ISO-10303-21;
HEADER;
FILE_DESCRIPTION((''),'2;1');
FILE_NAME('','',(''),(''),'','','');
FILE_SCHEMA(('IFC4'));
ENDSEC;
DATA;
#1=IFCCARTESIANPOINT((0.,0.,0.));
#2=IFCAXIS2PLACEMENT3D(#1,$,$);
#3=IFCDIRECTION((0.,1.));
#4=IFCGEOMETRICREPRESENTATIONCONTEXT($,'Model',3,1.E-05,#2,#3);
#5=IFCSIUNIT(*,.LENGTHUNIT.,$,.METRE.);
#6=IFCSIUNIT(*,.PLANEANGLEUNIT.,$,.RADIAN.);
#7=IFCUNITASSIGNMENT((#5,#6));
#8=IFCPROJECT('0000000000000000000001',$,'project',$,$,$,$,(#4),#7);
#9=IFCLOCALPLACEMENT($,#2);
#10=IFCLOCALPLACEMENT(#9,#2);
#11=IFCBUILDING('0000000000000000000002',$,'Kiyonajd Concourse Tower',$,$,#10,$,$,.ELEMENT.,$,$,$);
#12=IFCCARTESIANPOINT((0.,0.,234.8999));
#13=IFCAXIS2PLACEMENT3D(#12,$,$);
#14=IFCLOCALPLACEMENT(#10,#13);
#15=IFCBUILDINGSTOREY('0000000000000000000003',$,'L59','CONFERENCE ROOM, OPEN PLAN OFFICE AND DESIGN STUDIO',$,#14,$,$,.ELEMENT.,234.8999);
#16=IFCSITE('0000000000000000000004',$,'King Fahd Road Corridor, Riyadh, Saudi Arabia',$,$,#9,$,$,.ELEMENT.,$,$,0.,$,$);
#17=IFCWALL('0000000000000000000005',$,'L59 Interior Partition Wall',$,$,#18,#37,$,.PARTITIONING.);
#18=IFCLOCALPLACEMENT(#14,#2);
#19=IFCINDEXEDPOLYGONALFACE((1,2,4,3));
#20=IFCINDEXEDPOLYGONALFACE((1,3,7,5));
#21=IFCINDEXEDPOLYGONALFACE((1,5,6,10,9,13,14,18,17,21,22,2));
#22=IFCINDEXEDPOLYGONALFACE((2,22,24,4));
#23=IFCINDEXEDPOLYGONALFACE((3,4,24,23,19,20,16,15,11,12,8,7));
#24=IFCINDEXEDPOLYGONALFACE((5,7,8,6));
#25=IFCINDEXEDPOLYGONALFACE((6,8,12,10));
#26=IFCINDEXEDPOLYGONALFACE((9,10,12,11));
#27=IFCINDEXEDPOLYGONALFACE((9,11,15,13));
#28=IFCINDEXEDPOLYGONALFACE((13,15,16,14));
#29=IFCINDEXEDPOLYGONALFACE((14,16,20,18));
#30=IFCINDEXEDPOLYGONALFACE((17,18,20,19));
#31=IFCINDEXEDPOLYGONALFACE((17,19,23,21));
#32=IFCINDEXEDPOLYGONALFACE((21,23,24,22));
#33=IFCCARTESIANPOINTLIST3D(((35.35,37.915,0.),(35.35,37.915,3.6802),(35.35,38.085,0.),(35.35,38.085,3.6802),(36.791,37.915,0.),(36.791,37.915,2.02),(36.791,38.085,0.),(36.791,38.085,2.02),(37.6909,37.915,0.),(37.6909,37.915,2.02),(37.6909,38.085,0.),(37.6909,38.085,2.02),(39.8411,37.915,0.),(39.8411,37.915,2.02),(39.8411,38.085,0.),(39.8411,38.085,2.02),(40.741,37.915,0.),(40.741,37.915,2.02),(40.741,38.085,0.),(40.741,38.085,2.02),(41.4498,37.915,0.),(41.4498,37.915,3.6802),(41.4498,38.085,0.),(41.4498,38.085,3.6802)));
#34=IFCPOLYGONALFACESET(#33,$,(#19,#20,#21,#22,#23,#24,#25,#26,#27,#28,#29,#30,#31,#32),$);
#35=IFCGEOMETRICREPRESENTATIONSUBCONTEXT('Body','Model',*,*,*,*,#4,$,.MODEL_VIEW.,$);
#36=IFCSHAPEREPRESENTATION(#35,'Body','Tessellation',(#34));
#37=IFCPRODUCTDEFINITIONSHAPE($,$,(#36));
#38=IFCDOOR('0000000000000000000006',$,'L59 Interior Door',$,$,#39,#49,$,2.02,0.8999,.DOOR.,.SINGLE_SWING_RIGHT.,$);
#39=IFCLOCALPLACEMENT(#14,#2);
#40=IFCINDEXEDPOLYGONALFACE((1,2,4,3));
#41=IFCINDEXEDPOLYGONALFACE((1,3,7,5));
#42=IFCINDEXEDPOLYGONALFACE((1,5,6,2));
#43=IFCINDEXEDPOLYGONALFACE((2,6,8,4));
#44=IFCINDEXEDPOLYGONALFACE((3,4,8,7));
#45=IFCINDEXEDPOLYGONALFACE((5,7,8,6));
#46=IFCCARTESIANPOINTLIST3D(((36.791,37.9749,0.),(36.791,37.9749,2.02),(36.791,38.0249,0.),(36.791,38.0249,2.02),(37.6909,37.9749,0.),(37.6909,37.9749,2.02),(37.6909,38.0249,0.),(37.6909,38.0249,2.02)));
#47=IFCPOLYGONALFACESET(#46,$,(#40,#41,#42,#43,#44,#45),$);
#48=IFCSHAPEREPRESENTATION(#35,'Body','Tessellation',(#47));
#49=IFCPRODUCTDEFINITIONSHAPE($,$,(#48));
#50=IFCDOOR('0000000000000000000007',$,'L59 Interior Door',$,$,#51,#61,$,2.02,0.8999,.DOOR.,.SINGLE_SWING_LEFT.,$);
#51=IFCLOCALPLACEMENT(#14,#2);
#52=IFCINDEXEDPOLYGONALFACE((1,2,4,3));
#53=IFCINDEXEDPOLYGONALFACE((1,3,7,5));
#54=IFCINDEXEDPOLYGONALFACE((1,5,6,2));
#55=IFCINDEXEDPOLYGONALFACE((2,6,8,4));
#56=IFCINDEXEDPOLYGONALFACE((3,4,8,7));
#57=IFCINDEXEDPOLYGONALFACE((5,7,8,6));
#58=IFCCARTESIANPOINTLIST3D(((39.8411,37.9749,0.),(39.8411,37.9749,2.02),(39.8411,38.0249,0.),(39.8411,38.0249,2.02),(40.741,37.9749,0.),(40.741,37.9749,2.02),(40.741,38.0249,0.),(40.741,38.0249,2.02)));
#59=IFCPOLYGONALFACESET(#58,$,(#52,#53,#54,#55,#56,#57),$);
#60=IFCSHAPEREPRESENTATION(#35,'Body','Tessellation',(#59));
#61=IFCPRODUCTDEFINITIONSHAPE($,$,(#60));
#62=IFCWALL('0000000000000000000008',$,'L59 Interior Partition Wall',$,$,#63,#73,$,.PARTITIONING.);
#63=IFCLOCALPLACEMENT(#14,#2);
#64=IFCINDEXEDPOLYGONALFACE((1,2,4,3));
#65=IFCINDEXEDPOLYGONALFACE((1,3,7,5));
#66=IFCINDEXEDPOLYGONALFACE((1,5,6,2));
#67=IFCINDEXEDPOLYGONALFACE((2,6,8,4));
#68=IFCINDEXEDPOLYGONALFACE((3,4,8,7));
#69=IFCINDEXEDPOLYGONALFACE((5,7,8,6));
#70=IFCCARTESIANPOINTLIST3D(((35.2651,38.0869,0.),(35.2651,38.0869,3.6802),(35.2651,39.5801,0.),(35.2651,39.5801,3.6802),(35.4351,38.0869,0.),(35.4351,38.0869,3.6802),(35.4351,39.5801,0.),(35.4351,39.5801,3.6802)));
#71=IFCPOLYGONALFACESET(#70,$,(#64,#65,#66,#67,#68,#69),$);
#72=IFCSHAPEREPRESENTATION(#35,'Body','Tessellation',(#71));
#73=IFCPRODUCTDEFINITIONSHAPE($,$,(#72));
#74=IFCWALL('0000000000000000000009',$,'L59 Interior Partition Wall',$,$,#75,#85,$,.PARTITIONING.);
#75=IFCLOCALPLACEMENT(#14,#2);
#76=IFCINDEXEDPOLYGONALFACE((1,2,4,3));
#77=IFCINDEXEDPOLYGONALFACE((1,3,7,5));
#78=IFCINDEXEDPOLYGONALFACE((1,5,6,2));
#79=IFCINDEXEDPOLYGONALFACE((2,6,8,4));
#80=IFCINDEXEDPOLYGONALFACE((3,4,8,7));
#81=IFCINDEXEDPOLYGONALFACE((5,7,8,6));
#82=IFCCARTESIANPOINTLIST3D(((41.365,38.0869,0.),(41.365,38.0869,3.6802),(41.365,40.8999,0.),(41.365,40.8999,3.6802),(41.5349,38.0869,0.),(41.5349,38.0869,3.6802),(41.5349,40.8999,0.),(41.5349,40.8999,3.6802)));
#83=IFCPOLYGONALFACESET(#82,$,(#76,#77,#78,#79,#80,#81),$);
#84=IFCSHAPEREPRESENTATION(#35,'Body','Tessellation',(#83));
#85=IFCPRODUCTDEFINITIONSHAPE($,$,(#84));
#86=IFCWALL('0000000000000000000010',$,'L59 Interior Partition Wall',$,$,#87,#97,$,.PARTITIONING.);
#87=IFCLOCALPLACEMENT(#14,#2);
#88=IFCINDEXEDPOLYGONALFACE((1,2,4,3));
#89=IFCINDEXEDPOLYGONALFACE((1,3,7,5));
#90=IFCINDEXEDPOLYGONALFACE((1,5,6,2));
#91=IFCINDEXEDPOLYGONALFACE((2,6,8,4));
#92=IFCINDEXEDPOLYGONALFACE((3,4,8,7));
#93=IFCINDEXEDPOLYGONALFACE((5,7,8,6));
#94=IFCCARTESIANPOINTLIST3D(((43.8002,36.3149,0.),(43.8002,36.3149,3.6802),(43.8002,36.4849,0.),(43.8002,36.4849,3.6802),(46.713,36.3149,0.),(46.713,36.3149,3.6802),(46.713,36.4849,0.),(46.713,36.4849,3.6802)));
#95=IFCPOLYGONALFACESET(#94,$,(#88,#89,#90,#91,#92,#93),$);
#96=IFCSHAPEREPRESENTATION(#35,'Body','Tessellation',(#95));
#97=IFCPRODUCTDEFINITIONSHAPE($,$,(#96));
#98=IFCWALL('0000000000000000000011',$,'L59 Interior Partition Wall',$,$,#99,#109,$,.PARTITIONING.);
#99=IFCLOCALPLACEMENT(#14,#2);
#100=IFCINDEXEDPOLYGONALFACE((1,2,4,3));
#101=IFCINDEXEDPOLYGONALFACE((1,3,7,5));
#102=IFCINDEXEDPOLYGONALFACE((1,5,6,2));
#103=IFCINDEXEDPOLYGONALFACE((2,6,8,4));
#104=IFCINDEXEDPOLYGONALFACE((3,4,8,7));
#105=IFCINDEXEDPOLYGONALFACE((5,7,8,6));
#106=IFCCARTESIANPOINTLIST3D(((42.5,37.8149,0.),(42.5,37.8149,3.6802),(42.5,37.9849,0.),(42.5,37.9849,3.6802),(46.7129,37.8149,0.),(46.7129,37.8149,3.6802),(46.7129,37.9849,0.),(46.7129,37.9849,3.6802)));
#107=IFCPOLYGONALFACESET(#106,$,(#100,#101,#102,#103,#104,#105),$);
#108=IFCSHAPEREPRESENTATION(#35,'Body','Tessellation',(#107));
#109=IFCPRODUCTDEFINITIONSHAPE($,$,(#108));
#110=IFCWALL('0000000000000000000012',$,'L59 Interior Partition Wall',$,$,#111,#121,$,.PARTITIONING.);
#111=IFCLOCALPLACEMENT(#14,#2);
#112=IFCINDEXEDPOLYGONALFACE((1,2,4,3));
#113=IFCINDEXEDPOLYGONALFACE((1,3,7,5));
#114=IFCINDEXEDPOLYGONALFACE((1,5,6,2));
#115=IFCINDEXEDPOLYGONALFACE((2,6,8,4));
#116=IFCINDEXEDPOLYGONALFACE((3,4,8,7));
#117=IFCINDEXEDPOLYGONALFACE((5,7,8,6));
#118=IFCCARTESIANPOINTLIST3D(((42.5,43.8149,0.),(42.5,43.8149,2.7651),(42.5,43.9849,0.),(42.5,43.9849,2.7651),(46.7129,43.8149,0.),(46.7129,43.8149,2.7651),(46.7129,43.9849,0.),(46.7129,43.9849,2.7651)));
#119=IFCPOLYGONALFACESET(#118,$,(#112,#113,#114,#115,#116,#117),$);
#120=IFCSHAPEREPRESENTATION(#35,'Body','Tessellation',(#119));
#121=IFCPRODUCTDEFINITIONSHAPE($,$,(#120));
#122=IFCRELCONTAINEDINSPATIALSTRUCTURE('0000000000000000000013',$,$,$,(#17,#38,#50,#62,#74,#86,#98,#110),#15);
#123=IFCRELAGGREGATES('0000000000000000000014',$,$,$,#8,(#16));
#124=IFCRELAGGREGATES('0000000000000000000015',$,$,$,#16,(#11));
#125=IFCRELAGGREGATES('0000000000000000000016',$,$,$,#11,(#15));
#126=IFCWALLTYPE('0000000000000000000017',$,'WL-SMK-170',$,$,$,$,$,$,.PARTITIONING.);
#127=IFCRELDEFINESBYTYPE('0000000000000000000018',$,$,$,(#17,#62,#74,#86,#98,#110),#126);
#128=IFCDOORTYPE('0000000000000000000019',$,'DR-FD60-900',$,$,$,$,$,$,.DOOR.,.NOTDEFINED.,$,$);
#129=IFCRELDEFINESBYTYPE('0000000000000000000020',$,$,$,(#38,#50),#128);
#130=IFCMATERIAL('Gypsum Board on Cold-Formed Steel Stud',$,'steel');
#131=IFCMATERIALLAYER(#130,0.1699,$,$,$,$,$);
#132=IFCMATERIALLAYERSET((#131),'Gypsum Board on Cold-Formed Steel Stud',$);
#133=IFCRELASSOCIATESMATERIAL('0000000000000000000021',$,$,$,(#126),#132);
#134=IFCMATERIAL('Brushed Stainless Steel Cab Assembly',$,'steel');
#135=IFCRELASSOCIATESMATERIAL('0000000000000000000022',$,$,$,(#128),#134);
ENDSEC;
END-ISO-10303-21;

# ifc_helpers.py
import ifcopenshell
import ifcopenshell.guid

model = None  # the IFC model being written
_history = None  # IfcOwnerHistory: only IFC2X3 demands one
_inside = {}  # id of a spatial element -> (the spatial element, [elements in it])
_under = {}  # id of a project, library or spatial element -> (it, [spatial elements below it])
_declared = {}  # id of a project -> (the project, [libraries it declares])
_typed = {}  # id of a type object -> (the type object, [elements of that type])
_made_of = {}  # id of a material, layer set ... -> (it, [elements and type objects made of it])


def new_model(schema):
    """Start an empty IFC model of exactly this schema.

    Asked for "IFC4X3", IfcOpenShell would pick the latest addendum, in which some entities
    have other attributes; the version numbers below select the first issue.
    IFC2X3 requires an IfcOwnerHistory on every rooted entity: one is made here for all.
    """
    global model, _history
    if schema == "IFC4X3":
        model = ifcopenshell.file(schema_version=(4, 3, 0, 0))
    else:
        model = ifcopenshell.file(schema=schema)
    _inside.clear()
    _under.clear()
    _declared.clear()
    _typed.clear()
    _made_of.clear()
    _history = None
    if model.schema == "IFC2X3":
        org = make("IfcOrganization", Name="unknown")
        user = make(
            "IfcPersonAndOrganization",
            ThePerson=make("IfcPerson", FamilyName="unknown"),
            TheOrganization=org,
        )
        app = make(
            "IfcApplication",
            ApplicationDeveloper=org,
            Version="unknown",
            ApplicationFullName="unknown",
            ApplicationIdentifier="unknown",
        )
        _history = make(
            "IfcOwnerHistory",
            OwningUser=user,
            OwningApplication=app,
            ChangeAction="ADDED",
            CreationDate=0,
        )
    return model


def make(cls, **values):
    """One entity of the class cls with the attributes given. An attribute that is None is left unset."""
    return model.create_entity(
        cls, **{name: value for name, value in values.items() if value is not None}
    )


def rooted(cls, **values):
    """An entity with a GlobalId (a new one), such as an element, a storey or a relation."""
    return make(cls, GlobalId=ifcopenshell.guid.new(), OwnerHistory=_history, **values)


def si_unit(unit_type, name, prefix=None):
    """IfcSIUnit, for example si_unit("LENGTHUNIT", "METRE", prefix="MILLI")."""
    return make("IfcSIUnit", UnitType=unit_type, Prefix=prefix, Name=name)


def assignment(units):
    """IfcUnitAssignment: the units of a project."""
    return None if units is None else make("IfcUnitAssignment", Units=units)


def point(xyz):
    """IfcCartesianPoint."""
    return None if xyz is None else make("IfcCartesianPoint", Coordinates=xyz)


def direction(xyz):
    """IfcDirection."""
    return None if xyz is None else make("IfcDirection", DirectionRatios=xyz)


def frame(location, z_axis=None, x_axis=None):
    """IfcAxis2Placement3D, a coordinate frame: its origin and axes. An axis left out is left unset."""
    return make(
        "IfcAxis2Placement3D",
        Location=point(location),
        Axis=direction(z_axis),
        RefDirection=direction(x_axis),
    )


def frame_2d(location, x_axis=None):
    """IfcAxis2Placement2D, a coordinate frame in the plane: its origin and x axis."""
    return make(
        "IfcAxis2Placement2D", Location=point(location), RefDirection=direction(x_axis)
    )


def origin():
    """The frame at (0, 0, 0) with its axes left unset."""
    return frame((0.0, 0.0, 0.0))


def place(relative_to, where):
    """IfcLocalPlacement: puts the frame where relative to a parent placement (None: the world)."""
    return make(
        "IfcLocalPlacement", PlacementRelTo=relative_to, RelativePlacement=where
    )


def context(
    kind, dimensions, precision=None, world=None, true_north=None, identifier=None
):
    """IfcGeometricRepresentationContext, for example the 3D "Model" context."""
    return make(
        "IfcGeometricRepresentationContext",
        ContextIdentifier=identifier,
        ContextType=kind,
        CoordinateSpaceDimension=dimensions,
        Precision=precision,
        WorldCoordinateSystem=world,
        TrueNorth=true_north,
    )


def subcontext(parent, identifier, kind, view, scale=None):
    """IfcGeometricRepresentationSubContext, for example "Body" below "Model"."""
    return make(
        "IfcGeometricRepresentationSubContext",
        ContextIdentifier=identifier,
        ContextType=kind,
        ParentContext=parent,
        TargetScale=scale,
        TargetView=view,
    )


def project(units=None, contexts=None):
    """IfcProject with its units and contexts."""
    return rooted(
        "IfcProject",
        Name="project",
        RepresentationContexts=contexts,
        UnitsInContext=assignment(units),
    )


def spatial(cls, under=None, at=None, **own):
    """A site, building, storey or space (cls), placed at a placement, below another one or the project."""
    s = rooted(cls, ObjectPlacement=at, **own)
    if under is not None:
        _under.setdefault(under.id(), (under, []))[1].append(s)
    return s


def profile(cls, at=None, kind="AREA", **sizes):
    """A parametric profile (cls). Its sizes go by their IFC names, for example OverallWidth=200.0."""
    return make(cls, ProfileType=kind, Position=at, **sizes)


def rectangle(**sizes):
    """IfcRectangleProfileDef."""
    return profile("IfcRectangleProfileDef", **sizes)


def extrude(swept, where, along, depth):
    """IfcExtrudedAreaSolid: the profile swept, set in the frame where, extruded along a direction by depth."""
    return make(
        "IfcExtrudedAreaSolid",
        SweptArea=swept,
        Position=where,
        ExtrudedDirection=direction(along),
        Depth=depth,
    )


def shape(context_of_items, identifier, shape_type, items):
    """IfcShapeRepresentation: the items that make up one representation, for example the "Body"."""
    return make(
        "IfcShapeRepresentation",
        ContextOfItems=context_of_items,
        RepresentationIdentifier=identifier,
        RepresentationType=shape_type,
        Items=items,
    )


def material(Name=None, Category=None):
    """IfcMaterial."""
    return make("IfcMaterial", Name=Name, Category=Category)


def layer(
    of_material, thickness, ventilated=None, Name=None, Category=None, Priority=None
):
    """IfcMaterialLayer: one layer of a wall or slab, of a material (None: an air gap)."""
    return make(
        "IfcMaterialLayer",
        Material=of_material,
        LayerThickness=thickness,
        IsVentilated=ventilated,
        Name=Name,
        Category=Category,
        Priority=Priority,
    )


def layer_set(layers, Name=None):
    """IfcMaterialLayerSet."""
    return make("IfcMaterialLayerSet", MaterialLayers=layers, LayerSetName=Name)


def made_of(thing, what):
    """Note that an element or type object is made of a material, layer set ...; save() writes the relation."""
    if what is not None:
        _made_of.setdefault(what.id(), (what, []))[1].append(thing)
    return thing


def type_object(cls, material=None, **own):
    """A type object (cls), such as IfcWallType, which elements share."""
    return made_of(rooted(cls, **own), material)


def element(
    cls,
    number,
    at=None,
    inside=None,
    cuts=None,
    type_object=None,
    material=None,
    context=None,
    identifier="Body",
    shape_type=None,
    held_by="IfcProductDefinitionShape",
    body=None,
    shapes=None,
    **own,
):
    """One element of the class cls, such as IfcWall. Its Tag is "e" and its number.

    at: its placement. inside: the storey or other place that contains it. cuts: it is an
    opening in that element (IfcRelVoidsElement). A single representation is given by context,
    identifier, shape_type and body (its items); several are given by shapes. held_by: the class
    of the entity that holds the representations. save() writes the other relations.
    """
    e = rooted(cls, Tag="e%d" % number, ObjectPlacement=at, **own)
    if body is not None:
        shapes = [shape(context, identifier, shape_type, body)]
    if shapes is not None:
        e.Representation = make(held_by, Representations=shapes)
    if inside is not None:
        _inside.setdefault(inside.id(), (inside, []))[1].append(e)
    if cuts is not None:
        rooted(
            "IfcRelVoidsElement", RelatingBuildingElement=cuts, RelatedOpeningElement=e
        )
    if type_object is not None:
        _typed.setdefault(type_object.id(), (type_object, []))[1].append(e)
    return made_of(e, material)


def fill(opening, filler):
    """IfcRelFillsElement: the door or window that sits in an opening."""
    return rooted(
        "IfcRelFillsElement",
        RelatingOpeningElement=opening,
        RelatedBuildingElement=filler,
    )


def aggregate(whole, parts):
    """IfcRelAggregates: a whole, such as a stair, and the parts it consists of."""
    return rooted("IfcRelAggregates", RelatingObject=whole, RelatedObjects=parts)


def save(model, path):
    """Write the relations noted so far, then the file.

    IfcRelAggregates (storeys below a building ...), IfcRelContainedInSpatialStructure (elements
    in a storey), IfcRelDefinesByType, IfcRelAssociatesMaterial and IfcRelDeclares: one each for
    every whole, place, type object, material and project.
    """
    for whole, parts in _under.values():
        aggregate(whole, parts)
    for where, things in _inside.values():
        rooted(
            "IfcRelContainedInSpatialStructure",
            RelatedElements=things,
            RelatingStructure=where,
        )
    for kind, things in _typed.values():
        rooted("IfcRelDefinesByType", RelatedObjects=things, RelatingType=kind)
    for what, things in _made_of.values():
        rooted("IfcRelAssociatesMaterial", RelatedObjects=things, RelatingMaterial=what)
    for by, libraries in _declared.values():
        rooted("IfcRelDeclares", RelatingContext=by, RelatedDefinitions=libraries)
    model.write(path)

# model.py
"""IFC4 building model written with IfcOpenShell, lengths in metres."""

from ifc_helpers import new_model, si_unit, direction, frame, frame_2d, origin, place, context, subcontext, project, spatial, rectangle, extrude, material, layer, layer_set, type_object, element, fill, save


model = new_model("IFC4")

# Units and contexts
model_context = context("Model", 3, precision=1e-05, world=origin(), true_north=direction((0.0, 1.0)))
body_context = subcontext(model_context, "Body", "Model", "MODEL_VIEW")
ifc_project = project(units=[si_unit("LENGTHUNIT", "METRE"), si_unit("PLANEANGLEUNIT", "RADIAN")], contexts=[model_context])

# Site, building, storey
site_placement = place(None, origin())
site = spatial("IfcSite", under=ifc_project, at=site_placement, Name="King Fahd Road Corridor, Riyadh, Saudi Arabia", CompositionType="ELEMENT", RefElevation=0.0)
building_placement = place(site_placement, origin())
building = spatial("IfcBuilding", under=site, at=building_placement, Name="Kiyonajd Concourse Tower", CompositionType="ELEMENT")
storey_placement = place(building_placement, frame((0.0, 0.0, 234.8999)))
storey = spatial("IfcBuildingStorey", under=building, at=storey_placement, Name="L59", Description="CONFERENCE ROOM, OPEN PLAN OFFICE AND DESIGN STUDIO", CompositionType="ELEMENT", Elevation=234.8999)

# Shared definitions
ifc_material_1 = material(Name="Gypsum Board on Cold-Formed Steel Stud", Category="steel")

# Wall, openings, doors
ifc_layer_1 = layer(ifc_material_1, 0.1699)
ifc_layer_set_1 = layer_set([ifc_layer_1], Name="Gypsum Board on Cold-Formed Steel Stud")
wall_type_1 = type_object("IfcWallType", Name="WL-SMK-170", PredefinedType="PARTITIONING", material=ifc_layer_set_1)
wall_1_placement = place(storey_placement, frame((35.3501, 38.0, 0.0), z_axis=(0.0, 0.0, 1.0), x_axis=(1.0, 0.0, 0.0)))
wall_1 = element("IfcWall", 1, at=wall_1_placement, inside=storey, type_object=wall_type_1, Name="L59 Interior Partition Wall", PredefinedType="PARTITIONING", context=body_context, shape_type="SweptSolid", body=[
    extrude(rectangle(XDim=6.0999, YDim=0.1699, at=frame_2d((3.0498, 0.0))), origin(), (0.0, 0.0, 1.0), 3.6802),
])
opening_1_placement = place(wall_1_placement, frame((1.4409, 0.0, 0.0)))
opening_1 = element("IfcOpeningElement", 2, at=opening_1_placement, cuts=wall_1, PredefinedType="OPENING", context=body_context, shape_type="SweptSolid", body=[
    extrude(rectangle(XDim=0.8999, YDim=2.02, at=frame_2d((0.45, 1.01))), frame((0.0, 0.095, 0.0), z_axis=(0.0, -1.0, 0.0), x_axis=(1.0, 0.0, 0.0)), (0.0, 0.0, 1.0), 0.1899),
])
opening_2_placement = place(wall_1_placement, frame((4.491, 0.0, 0.0)))
opening_2 = element("IfcOpeningElement", 3, at=opening_2_placement, cuts=wall_1, PredefinedType="OPENING", context=body_context, shape_type="SweptSolid", body=[
    extrude(rectangle(XDim=0.8999, YDim=2.02, at=frame_2d((0.45, 1.01))), frame((0.0, 0.095, 0.0), z_axis=(0.0, -1.0, 0.0), x_axis=(1.0, 0.0, 0.0)), (0.0, 0.0, 1.0), 0.1899),
])
ifc_material_2 = material(Name="Brushed Stainless Steel Cab Assembly", Category="steel")
door_type_1 = type_object("IfcDoorType", Name="DR-FD60-900", OperationType="NOTDEFINED", PredefinedType="DOOR", material=ifc_material_2)
door_1_placement = place(opening_1_placement, origin())
door_1 = element("IfcDoor", 4, at=door_1_placement, inside=storey, type_object=door_type_1, Name="L59 Interior Door", OperationType="SINGLE_SWING_RIGHT", OverallHeight=2.02, OverallWidth=0.8999, PredefinedType="DOOR", context=body_context, shape_type="SweptSolid", body=[
    extrude(rectangle(XDim=0.8999, YDim=2.02, at=frame_2d((0.45, 1.01))), frame((0.0, 0.0249, 0.0), z_axis=(0.0, -1.0, 0.0), x_axis=(1.0, 0.0, 0.0)), (0.0, 0.0, 1.0), 0.05),
])
fill(opening_1, door_1)
door_2_placement = place(opening_2_placement, origin())
door_2 = element("IfcDoor", 5, at=door_2_placement, inside=storey, type_object=door_type_1, Name="L59 Interior Door", OperationType="SINGLE_SWING_LEFT", OverallHeight=2.02, OverallWidth=0.8999, PredefinedType="DOOR", context=body_context, shape_type="SweptSolid", body=[
    extrude(rectangle(XDim=0.8999, YDim=2.02, at=frame_2d((0.45, 1.01))), frame((0.0, 0.0249, 0.0), z_axis=(0.0, -1.0, 0.0), x_axis=(1.0, 0.0, 0.0)), (0.0, 0.0, 1.0), 0.05),
])
fill(opening_2, door_2)

# Walls
wall_2_placement = place(storey_placement, frame((35.3501, 38.0869, 0.0), z_axis=(0.0, 0.0, 1.0), x_axis=(0.0, 1.0, 0.0)))
element("IfcWall", 6, at=wall_2_placement, inside=storey, type_object=wall_type_1, Name="L59 Interior Partition Wall", PredefinedType="PARTITIONING", context=body_context, shape_type="SweptSolid", body=[
    extrude(rectangle(XDim=1.4932, YDim=0.1699, at=frame_2d((0.7466, 0.0))), origin(), (0.0, 0.0, 1.0), 3.6802),
])
wall_3_placement = place(storey_placement, frame((41.45, 38.0869, 0.0), z_axis=(0.0, 0.0, 1.0), x_axis=(0.0, 1.0, 0.0)))
element("IfcWall", 7, at=wall_3_placement, inside=storey, type_object=wall_type_1, Name="L59 Interior Partition Wall", PredefinedType="PARTITIONING", context=body_context, shape_type="SweptSolid", body=[
    extrude(rectangle(XDim=2.813, YDim=0.1699, at=frame_2d((1.4065, 0.0))), origin(), (0.0, 0.0, 1.0), 3.6802),
])
wall_4_placement = place(storey_placement, frame((43.8, 36.3999, 0.0), z_axis=(0.0, 0.0, 1.0), x_axis=(1.0, 0.0, 0.0)))
element("IfcWall", 8, at=wall_4_placement, inside=storey, type_object=wall_type_1, Name="L59 Interior Partition Wall", PredefinedType="PARTITIONING", context=body_context, shape_type="SweptSolid", body=[
    extrude(rectangle(XDim=2.9128, YDim=0.1699, at=frame_2d((1.4565, 0.0))), origin(), (0.0, 0.0, 1.0), 3.6802),
])
wall_5_placement = place(storey_placement, frame((42.5, 37.8999, 0.0), z_axis=(0.0, 0.0, 1.0), x_axis=(1.0, 0.0, 0.0)))
element("IfcWall", 9, at=wall_5_placement, inside=storey, type_object=wall_type_1, Name="L59 Interior Partition Wall", PredefinedType="PARTITIONING", context=body_context, shape_type="SweptSolid", body=[
    extrude(rectangle(XDim=4.2129, YDim=0.1699, at=frame_2d((2.1064, 0.0))), origin(), (0.0, 0.0, 1.0), 3.6802),
])
wall_6_placement = place(storey_placement, frame((42.5, 43.8999, 0.0), z_axis=(0.0, 0.0, 1.0), x_axis=(1.0, 0.0, 0.0)))
element("IfcWall", 10, at=wall_6_placement, inside=storey, type_object=wall_type_1, Name="L59 Interior Partition Wall", PredefinedType="PARTITIONING", context=body_context, shape_type="SweptSolid", body=[
    extrude(rectangle(XDim=4.2129, YDim=0.1699, at=frame_2d((2.1064, 0.0))), origin(), (0.0, 0.0, 1.0), 2.7651),
])

save(model, "model.ifc")
